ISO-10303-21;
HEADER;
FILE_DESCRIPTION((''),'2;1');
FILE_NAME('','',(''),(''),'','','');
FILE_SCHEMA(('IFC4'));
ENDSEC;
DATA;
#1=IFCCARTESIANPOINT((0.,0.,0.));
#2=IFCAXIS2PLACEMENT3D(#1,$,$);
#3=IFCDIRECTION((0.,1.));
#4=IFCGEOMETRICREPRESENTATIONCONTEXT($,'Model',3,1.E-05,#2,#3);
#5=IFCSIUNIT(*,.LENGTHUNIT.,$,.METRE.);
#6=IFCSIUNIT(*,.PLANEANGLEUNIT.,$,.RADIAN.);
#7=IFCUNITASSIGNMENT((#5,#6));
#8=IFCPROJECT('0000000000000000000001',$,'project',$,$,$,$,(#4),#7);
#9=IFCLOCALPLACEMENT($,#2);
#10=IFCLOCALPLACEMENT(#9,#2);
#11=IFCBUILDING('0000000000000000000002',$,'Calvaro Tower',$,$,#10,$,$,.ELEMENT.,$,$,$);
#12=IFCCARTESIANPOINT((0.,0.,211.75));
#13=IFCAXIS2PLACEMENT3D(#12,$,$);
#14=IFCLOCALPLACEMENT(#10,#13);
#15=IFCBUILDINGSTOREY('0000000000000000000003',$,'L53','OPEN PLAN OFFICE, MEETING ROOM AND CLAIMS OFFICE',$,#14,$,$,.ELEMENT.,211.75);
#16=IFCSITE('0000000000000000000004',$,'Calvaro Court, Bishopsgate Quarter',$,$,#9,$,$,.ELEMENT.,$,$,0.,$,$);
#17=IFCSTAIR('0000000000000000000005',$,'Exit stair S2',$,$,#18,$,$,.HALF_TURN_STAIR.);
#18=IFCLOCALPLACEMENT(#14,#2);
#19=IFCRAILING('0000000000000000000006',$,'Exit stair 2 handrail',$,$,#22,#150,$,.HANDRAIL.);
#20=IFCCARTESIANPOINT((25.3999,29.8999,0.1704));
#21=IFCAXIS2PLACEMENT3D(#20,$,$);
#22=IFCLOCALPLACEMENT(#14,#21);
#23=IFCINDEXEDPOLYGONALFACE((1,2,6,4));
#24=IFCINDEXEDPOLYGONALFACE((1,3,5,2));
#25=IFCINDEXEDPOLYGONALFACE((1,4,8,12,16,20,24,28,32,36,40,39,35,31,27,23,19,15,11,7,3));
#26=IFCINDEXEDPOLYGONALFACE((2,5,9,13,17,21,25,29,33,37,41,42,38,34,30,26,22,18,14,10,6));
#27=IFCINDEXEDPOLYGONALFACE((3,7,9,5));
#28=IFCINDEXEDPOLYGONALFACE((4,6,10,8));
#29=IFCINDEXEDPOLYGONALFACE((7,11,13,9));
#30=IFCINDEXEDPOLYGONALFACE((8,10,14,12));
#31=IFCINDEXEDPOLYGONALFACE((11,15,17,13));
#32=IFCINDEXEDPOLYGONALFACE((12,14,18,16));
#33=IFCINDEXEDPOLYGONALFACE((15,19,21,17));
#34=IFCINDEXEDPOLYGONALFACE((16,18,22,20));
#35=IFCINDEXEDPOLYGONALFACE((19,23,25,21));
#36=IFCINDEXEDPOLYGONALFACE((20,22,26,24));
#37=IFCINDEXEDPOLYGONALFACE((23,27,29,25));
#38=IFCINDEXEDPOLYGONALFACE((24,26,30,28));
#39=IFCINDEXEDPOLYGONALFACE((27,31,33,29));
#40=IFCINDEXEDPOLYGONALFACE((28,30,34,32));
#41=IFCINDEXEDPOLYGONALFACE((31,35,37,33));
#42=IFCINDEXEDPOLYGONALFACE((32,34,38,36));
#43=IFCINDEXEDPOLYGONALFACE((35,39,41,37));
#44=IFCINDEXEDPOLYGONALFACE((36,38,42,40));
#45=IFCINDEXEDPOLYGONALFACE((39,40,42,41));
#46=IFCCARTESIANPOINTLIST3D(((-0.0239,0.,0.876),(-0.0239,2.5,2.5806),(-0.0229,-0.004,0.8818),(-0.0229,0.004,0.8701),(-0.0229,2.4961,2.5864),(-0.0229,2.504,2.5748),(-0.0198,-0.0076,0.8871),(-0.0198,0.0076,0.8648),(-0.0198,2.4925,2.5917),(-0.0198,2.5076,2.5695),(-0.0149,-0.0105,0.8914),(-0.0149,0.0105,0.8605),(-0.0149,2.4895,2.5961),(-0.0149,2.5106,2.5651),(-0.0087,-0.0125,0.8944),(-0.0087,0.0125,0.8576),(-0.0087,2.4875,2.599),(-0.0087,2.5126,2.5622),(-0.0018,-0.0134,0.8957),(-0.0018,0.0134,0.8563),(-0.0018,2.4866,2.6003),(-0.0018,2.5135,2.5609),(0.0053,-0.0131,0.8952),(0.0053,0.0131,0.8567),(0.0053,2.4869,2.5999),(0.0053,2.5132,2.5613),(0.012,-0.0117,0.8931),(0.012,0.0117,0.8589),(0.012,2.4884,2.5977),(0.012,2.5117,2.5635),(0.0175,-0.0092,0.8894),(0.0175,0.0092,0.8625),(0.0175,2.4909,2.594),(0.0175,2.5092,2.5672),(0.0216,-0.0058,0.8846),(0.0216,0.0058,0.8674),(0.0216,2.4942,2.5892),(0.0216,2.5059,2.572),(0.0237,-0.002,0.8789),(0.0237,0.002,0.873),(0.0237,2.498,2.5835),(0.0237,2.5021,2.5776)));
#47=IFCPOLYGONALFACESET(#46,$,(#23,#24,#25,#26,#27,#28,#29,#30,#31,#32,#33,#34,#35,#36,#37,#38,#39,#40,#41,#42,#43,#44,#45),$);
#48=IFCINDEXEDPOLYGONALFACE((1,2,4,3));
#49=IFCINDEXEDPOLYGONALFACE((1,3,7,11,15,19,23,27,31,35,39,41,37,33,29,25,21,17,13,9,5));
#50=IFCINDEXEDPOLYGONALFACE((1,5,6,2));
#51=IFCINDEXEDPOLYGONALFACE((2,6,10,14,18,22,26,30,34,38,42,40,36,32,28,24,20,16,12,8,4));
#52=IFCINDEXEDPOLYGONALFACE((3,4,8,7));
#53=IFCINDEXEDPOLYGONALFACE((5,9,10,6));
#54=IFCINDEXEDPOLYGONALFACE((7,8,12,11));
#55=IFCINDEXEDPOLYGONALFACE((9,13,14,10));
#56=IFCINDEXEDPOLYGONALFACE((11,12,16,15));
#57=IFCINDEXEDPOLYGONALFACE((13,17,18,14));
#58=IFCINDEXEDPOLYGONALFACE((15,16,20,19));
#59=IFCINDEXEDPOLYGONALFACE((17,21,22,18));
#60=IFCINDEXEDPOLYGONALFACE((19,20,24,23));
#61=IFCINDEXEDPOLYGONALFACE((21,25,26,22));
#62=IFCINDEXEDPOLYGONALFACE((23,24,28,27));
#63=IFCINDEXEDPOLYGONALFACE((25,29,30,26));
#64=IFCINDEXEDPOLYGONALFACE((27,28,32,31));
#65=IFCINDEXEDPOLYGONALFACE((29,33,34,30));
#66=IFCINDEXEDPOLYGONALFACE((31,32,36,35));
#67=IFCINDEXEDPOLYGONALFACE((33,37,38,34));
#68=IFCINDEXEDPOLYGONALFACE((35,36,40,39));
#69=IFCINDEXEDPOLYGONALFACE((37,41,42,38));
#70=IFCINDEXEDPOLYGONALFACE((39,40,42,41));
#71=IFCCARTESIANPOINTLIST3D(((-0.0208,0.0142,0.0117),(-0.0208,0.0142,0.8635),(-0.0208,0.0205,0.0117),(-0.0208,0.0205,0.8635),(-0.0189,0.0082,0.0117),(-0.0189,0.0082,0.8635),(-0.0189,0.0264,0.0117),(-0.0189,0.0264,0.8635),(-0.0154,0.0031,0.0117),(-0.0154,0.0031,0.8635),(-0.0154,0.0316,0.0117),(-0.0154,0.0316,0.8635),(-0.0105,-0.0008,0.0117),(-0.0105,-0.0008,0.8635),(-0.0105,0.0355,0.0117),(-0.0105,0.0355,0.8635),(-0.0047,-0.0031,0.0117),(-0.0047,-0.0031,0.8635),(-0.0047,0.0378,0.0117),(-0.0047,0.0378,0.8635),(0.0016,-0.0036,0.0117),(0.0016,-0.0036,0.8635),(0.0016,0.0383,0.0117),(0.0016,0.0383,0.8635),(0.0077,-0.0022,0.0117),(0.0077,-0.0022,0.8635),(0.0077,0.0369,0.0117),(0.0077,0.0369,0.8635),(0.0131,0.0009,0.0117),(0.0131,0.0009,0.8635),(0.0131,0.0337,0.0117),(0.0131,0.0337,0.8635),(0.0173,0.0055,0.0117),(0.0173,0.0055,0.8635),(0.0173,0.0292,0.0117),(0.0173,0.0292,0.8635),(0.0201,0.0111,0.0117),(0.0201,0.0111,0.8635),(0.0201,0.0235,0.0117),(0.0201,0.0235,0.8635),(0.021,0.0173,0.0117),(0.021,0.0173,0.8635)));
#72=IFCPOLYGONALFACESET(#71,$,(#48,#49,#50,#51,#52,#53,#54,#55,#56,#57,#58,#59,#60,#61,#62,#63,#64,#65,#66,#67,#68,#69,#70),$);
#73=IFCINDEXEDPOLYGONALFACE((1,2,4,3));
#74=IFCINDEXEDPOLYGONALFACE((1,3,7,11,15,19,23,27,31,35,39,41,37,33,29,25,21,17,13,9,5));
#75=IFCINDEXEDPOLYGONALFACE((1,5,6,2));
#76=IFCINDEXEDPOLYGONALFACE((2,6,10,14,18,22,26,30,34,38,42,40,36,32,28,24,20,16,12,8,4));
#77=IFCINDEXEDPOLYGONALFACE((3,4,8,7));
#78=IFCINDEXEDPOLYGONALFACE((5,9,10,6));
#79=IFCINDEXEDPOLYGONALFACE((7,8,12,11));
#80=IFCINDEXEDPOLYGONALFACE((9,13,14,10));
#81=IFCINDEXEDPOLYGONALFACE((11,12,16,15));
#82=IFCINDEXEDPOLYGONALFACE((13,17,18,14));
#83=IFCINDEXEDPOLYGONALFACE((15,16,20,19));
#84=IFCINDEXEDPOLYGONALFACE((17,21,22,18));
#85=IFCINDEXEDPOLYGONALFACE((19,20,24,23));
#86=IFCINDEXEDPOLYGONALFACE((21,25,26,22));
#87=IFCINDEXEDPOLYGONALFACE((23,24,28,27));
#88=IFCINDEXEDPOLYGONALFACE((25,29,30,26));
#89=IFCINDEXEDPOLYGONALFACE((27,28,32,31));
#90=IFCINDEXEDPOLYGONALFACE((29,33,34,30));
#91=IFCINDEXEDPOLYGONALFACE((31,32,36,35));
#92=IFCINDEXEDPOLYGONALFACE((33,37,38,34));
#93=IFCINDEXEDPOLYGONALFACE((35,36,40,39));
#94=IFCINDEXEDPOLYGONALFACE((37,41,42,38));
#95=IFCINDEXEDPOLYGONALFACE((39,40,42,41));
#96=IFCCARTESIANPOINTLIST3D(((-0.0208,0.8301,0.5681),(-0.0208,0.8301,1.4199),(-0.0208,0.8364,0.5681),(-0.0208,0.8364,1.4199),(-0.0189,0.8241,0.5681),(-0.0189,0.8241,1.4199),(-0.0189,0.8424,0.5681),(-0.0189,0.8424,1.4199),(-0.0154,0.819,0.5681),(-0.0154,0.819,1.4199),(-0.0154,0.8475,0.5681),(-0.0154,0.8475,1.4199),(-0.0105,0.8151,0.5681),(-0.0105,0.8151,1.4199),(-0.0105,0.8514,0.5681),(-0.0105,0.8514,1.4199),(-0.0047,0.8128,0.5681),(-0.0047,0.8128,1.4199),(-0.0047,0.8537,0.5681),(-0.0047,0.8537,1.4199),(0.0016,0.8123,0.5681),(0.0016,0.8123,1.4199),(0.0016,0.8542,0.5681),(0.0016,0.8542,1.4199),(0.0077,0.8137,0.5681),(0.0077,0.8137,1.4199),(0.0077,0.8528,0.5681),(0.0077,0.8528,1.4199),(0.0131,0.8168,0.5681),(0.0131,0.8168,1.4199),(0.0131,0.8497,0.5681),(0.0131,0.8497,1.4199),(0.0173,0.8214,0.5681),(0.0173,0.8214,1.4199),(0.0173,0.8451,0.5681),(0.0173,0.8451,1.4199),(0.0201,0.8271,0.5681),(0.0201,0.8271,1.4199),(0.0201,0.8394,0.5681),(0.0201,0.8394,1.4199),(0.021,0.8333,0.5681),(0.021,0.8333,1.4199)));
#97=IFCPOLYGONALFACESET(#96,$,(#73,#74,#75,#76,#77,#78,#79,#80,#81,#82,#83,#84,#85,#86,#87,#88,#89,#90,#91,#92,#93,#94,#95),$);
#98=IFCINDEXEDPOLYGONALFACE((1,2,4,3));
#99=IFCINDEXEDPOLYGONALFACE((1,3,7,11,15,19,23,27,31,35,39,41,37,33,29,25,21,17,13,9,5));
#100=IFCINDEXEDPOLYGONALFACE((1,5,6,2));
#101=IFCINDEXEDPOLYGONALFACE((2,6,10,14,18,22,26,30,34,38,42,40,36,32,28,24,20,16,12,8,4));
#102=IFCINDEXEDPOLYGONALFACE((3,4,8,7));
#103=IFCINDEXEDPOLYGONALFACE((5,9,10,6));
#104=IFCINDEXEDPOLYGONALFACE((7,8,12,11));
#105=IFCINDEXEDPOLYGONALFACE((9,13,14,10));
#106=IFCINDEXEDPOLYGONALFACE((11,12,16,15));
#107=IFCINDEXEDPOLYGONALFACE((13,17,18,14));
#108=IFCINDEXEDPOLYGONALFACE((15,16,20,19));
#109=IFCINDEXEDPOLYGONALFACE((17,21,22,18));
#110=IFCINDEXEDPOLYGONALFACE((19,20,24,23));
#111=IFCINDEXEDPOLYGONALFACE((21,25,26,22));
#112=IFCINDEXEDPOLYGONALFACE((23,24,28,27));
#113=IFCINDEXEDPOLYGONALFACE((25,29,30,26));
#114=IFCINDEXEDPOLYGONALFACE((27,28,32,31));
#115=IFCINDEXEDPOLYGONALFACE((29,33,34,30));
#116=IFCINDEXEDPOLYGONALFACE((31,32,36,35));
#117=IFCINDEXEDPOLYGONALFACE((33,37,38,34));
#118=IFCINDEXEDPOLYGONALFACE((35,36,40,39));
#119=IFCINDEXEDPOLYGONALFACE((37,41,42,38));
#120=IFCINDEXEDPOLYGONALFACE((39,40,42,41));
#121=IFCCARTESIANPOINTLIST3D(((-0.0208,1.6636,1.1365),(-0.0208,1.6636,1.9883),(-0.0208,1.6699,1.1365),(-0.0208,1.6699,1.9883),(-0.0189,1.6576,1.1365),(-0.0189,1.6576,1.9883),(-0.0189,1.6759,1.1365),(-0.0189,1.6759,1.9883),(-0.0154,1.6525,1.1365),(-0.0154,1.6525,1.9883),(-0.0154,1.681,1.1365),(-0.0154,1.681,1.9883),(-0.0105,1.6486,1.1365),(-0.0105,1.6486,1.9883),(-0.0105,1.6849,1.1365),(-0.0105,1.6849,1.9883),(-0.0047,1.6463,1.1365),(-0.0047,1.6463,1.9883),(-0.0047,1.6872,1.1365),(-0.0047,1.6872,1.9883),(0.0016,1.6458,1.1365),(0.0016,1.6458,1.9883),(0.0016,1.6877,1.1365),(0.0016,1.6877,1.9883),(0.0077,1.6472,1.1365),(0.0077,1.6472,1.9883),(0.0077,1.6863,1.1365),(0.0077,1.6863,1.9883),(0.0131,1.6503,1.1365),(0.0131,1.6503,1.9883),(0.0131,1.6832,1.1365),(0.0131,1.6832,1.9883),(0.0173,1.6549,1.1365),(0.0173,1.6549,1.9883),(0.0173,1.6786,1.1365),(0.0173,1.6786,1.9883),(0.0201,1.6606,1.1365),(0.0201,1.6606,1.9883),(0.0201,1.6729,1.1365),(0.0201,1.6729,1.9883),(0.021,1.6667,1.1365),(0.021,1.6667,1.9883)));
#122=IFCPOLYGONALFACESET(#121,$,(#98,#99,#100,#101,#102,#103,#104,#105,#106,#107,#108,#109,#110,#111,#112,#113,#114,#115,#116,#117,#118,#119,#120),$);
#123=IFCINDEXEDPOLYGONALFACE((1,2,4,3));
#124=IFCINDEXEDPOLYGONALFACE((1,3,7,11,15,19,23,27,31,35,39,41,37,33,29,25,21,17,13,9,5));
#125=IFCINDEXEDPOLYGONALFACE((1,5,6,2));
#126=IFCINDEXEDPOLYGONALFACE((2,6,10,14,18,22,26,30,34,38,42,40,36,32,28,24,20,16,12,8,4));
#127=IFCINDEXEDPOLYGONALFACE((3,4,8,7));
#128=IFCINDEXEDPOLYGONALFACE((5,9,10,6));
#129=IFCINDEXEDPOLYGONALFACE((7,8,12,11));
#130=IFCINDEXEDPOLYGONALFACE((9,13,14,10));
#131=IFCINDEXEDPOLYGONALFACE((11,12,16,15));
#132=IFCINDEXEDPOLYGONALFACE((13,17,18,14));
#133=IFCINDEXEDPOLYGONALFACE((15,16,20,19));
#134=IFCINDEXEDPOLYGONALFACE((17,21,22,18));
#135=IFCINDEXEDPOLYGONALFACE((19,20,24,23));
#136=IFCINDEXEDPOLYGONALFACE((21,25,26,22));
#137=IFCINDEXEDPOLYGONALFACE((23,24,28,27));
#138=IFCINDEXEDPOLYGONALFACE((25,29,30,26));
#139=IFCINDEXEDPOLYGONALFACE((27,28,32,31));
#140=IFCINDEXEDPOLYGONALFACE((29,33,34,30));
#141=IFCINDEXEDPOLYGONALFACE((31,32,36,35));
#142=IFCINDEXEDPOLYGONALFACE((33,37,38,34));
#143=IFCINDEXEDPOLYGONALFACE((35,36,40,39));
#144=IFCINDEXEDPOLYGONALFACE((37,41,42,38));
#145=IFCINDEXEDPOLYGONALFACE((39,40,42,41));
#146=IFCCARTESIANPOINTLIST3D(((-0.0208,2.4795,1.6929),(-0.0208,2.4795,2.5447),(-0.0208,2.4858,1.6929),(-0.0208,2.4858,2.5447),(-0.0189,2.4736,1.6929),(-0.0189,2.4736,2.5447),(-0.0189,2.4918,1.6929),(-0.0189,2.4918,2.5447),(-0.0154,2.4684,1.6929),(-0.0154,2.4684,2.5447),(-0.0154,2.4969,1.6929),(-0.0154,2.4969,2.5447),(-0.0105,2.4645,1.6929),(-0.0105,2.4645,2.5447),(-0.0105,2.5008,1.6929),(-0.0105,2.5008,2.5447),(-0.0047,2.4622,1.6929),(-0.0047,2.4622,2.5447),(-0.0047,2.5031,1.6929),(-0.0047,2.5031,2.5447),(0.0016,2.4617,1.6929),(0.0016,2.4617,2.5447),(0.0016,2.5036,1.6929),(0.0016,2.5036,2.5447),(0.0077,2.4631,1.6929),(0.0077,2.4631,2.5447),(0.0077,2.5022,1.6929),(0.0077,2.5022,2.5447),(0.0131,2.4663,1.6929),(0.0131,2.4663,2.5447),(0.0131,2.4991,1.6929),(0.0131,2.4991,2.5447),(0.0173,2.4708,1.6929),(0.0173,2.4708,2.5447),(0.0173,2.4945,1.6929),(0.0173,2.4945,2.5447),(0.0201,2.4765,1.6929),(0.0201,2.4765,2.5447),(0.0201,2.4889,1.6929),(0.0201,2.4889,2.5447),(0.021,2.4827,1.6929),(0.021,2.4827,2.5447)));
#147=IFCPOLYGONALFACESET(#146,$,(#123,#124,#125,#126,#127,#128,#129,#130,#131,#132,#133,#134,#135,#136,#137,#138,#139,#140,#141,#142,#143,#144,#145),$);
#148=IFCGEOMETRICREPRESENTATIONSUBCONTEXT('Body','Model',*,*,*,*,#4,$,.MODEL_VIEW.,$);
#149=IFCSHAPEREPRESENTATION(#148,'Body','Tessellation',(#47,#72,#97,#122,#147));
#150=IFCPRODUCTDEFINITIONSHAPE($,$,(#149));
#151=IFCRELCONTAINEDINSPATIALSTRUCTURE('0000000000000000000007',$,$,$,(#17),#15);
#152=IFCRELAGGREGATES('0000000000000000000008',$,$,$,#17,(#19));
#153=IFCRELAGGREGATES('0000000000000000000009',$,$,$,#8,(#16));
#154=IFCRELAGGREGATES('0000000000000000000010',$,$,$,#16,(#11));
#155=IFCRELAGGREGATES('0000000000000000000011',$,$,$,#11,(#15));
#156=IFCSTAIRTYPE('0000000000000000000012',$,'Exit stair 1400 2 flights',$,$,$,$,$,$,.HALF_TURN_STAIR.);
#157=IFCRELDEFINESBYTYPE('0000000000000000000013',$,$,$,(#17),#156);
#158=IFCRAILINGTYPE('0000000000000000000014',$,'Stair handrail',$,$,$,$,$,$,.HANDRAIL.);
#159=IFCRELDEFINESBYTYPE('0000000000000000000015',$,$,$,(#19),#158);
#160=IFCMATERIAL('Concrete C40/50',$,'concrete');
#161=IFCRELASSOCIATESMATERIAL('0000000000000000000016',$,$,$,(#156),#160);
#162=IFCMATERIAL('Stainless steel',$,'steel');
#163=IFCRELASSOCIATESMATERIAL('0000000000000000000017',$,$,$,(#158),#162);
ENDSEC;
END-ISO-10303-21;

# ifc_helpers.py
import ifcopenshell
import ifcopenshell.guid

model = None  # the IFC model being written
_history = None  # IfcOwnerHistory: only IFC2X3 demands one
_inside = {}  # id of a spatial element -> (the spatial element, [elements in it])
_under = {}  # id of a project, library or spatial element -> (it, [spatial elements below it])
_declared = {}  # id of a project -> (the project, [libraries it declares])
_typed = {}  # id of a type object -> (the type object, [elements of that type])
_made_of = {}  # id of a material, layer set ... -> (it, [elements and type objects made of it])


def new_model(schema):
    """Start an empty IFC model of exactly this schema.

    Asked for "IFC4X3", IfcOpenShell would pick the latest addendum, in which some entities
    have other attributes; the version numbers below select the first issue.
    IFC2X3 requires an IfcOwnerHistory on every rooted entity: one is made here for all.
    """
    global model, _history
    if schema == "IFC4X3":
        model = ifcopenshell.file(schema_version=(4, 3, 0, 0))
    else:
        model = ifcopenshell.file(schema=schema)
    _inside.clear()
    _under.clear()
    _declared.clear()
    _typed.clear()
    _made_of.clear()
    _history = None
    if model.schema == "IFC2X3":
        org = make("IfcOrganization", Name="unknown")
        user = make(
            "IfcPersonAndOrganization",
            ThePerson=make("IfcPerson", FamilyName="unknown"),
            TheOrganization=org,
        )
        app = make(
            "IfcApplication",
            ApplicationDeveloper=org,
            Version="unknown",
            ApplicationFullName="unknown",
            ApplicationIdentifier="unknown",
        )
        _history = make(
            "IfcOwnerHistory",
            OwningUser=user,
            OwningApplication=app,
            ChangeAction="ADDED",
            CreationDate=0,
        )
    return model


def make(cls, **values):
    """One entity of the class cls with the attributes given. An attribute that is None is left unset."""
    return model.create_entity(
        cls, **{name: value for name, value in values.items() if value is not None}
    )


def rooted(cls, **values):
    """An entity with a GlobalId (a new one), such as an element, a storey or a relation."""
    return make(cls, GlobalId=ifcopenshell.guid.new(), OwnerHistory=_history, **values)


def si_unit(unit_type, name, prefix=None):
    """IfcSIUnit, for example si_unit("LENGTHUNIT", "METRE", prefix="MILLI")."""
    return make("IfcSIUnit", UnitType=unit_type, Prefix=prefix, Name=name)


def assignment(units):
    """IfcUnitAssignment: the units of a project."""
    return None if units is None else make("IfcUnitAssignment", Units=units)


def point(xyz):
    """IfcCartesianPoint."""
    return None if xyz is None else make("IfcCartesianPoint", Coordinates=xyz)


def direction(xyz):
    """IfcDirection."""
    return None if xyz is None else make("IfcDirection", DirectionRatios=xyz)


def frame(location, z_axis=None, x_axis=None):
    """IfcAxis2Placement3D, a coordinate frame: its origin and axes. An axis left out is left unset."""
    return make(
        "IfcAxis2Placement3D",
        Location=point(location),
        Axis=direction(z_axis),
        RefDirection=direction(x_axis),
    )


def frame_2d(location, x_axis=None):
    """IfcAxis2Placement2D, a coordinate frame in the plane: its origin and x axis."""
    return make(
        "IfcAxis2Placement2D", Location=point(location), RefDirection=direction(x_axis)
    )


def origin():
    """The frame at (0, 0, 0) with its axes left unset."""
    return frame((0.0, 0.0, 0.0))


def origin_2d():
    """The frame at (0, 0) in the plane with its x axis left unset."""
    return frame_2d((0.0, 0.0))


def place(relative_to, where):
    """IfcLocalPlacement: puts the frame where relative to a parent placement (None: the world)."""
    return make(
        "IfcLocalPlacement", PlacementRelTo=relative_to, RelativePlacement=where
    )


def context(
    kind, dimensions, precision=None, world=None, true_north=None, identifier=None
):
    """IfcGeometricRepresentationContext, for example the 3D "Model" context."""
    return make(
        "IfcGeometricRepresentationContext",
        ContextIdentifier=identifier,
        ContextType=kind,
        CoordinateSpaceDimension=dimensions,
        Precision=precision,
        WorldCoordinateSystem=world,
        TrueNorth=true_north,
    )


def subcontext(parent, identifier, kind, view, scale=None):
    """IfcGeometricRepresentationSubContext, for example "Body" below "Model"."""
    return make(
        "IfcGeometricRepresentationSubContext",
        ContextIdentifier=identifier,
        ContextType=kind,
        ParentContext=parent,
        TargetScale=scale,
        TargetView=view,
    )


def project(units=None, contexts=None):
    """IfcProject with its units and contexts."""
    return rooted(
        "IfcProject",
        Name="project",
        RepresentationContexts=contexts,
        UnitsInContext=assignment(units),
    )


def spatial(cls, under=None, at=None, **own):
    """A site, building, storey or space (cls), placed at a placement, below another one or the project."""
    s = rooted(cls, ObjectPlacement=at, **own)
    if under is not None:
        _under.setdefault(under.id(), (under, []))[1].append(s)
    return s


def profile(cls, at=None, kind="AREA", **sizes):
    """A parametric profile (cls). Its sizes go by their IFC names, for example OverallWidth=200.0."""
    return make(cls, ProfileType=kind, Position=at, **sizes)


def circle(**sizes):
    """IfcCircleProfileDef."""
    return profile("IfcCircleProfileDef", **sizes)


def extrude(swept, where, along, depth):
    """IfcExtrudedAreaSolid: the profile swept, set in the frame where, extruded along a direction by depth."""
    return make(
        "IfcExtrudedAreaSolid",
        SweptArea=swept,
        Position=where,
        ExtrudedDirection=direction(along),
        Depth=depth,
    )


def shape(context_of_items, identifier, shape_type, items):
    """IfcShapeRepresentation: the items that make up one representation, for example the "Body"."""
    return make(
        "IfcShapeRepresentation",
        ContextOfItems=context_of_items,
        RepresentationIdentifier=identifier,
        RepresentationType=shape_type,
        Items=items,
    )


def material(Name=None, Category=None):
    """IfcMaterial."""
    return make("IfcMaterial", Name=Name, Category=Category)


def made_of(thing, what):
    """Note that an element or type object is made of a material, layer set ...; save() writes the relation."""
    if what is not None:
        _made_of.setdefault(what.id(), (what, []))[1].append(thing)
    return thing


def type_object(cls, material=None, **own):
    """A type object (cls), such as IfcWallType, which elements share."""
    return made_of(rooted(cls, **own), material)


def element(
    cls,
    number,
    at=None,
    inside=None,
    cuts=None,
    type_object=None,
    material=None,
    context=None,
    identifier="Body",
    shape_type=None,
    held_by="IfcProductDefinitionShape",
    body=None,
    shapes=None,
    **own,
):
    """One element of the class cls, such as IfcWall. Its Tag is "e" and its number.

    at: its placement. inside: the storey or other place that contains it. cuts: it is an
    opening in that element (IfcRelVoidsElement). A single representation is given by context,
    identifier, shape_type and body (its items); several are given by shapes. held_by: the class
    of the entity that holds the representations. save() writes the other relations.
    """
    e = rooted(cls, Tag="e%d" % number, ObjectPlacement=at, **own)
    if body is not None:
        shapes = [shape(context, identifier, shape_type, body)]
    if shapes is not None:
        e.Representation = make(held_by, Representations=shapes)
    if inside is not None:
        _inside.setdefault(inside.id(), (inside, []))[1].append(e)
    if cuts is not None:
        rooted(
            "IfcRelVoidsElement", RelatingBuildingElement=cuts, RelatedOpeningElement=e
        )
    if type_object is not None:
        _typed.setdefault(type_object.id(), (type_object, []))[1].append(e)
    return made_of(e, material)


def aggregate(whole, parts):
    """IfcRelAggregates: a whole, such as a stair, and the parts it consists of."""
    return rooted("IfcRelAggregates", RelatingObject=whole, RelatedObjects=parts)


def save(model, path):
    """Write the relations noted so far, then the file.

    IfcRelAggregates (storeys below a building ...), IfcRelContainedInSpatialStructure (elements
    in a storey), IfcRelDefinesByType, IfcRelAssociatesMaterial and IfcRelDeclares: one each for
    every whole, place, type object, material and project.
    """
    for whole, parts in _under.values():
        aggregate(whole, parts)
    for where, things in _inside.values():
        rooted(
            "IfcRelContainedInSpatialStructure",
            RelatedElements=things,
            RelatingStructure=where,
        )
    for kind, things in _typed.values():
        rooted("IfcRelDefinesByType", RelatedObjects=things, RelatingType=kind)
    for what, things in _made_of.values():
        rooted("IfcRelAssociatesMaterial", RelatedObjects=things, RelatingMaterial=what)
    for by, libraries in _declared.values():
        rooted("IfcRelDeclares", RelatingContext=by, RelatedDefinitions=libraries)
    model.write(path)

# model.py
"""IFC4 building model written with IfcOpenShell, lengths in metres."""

from ifc_helpers import new_model, si_unit, direction, frame, origin, origin_2d, place, context, subcontext, project, spatial, circle, extrude, material, type_object, element, aggregate, save


model = new_model("IFC4")

# Units and contexts
model_context = context("Model", 3, precision=1e-05, world=origin(), true_north=direction((0.0, 1.0)))
body_context = subcontext(model_context, "Body", "Model", "MODEL_VIEW")
ifc_project = project(units=[si_unit("LENGTHUNIT", "METRE"), si_unit("PLANEANGLEUNIT", "RADIAN")], contexts=[model_context])

# Site, building, storey
site_placement = place(None, origin())
site = spatial("IfcSite", under=ifc_project, at=site_placement, Name="Calvaro Court, Bishopsgate Quarter", CompositionType="ELEMENT", RefElevation=0.0)
building_placement = place(site_placement, origin())
building = spatial("IfcBuilding", under=site, at=building_placement, Name="Calvaro Tower", CompositionType="ELEMENT")
storey_placement = place(building_placement, frame((0.0, 0.0, 211.75)))
storey = spatial("IfcBuildingStorey", under=building, at=storey_placement, Name="L53", Description="OPEN PLAN OFFICE, MEETING ROOM AND CLAIMS OFFICE", CompositionType="ELEMENT", Elevation=211.75)

# Stair
ifc_material_1 = material(Name="Concrete C40/50", Category="concrete")
stair_type = type_object("IfcStairType", Name="Exit stair 1400 2 flights", PredefinedType="HALF_TURN_STAIR", material=ifc_material_1)
stair_1_placement = place(storey_placement, origin())
stair_1 = element("IfcStair", 1, at=stair_1_placement, inside=storey, type_object=stair_type, Name="Exit stair S2", PredefinedType="HALF_TURN_STAIR")

# Shared definitions
ifc_material_2 = material(Name="Stainless steel", Category="steel")
railing_type = type_object("IfcRailingType", Name="Stair handrail", PredefinedType="HANDRAIL", material=ifc_material_2)

# Railing
railing_1_placement = place(storey_placement, frame((25.3999, 29.8999, 0.1704)))
railing_1 = element("IfcRailing", 2, at=railing_1_placement, type_object=railing_type, Name="Exit stair 2 handrail", PredefinedType="HANDRAIL", context=body_context, shape_type="SweptSolid", body=[
    extrude(circle(Radius=0.0239, at=origin_2d()), frame((0.0, 0.0, 0.876), z_axis=(0.0, 0.826221, 0.563347), x_axis=(-1.0, 0.0, 0.0)), (0.0, 0.0, 1.0), 3.0259),
    extrude(circle(Radius=0.021, at=origin_2d()), frame((0.0, 0.0173, 0.0117)), (0.0, 0.0, 1.0), 0.8518),
    extrude(circle(Radius=0.021, at=origin_2d()), frame((0.0, 0.8333, 0.5681)), (0.0, 0.0, 1.0), 0.8518),
    extrude(circle(Radius=0.021, at=origin_2d()), frame((0.0, 1.6667, 1.1365)), (0.0, 0.0, 1.0), 0.8518),
    extrude(circle(Radius=0.021, at=origin_2d()), frame((0.0, 2.4827, 1.6929)), (0.0, 0.0, 1.0), 0.8518),
])
aggregate(stair_1, [railing_1])

save(model, "model.ifc")
